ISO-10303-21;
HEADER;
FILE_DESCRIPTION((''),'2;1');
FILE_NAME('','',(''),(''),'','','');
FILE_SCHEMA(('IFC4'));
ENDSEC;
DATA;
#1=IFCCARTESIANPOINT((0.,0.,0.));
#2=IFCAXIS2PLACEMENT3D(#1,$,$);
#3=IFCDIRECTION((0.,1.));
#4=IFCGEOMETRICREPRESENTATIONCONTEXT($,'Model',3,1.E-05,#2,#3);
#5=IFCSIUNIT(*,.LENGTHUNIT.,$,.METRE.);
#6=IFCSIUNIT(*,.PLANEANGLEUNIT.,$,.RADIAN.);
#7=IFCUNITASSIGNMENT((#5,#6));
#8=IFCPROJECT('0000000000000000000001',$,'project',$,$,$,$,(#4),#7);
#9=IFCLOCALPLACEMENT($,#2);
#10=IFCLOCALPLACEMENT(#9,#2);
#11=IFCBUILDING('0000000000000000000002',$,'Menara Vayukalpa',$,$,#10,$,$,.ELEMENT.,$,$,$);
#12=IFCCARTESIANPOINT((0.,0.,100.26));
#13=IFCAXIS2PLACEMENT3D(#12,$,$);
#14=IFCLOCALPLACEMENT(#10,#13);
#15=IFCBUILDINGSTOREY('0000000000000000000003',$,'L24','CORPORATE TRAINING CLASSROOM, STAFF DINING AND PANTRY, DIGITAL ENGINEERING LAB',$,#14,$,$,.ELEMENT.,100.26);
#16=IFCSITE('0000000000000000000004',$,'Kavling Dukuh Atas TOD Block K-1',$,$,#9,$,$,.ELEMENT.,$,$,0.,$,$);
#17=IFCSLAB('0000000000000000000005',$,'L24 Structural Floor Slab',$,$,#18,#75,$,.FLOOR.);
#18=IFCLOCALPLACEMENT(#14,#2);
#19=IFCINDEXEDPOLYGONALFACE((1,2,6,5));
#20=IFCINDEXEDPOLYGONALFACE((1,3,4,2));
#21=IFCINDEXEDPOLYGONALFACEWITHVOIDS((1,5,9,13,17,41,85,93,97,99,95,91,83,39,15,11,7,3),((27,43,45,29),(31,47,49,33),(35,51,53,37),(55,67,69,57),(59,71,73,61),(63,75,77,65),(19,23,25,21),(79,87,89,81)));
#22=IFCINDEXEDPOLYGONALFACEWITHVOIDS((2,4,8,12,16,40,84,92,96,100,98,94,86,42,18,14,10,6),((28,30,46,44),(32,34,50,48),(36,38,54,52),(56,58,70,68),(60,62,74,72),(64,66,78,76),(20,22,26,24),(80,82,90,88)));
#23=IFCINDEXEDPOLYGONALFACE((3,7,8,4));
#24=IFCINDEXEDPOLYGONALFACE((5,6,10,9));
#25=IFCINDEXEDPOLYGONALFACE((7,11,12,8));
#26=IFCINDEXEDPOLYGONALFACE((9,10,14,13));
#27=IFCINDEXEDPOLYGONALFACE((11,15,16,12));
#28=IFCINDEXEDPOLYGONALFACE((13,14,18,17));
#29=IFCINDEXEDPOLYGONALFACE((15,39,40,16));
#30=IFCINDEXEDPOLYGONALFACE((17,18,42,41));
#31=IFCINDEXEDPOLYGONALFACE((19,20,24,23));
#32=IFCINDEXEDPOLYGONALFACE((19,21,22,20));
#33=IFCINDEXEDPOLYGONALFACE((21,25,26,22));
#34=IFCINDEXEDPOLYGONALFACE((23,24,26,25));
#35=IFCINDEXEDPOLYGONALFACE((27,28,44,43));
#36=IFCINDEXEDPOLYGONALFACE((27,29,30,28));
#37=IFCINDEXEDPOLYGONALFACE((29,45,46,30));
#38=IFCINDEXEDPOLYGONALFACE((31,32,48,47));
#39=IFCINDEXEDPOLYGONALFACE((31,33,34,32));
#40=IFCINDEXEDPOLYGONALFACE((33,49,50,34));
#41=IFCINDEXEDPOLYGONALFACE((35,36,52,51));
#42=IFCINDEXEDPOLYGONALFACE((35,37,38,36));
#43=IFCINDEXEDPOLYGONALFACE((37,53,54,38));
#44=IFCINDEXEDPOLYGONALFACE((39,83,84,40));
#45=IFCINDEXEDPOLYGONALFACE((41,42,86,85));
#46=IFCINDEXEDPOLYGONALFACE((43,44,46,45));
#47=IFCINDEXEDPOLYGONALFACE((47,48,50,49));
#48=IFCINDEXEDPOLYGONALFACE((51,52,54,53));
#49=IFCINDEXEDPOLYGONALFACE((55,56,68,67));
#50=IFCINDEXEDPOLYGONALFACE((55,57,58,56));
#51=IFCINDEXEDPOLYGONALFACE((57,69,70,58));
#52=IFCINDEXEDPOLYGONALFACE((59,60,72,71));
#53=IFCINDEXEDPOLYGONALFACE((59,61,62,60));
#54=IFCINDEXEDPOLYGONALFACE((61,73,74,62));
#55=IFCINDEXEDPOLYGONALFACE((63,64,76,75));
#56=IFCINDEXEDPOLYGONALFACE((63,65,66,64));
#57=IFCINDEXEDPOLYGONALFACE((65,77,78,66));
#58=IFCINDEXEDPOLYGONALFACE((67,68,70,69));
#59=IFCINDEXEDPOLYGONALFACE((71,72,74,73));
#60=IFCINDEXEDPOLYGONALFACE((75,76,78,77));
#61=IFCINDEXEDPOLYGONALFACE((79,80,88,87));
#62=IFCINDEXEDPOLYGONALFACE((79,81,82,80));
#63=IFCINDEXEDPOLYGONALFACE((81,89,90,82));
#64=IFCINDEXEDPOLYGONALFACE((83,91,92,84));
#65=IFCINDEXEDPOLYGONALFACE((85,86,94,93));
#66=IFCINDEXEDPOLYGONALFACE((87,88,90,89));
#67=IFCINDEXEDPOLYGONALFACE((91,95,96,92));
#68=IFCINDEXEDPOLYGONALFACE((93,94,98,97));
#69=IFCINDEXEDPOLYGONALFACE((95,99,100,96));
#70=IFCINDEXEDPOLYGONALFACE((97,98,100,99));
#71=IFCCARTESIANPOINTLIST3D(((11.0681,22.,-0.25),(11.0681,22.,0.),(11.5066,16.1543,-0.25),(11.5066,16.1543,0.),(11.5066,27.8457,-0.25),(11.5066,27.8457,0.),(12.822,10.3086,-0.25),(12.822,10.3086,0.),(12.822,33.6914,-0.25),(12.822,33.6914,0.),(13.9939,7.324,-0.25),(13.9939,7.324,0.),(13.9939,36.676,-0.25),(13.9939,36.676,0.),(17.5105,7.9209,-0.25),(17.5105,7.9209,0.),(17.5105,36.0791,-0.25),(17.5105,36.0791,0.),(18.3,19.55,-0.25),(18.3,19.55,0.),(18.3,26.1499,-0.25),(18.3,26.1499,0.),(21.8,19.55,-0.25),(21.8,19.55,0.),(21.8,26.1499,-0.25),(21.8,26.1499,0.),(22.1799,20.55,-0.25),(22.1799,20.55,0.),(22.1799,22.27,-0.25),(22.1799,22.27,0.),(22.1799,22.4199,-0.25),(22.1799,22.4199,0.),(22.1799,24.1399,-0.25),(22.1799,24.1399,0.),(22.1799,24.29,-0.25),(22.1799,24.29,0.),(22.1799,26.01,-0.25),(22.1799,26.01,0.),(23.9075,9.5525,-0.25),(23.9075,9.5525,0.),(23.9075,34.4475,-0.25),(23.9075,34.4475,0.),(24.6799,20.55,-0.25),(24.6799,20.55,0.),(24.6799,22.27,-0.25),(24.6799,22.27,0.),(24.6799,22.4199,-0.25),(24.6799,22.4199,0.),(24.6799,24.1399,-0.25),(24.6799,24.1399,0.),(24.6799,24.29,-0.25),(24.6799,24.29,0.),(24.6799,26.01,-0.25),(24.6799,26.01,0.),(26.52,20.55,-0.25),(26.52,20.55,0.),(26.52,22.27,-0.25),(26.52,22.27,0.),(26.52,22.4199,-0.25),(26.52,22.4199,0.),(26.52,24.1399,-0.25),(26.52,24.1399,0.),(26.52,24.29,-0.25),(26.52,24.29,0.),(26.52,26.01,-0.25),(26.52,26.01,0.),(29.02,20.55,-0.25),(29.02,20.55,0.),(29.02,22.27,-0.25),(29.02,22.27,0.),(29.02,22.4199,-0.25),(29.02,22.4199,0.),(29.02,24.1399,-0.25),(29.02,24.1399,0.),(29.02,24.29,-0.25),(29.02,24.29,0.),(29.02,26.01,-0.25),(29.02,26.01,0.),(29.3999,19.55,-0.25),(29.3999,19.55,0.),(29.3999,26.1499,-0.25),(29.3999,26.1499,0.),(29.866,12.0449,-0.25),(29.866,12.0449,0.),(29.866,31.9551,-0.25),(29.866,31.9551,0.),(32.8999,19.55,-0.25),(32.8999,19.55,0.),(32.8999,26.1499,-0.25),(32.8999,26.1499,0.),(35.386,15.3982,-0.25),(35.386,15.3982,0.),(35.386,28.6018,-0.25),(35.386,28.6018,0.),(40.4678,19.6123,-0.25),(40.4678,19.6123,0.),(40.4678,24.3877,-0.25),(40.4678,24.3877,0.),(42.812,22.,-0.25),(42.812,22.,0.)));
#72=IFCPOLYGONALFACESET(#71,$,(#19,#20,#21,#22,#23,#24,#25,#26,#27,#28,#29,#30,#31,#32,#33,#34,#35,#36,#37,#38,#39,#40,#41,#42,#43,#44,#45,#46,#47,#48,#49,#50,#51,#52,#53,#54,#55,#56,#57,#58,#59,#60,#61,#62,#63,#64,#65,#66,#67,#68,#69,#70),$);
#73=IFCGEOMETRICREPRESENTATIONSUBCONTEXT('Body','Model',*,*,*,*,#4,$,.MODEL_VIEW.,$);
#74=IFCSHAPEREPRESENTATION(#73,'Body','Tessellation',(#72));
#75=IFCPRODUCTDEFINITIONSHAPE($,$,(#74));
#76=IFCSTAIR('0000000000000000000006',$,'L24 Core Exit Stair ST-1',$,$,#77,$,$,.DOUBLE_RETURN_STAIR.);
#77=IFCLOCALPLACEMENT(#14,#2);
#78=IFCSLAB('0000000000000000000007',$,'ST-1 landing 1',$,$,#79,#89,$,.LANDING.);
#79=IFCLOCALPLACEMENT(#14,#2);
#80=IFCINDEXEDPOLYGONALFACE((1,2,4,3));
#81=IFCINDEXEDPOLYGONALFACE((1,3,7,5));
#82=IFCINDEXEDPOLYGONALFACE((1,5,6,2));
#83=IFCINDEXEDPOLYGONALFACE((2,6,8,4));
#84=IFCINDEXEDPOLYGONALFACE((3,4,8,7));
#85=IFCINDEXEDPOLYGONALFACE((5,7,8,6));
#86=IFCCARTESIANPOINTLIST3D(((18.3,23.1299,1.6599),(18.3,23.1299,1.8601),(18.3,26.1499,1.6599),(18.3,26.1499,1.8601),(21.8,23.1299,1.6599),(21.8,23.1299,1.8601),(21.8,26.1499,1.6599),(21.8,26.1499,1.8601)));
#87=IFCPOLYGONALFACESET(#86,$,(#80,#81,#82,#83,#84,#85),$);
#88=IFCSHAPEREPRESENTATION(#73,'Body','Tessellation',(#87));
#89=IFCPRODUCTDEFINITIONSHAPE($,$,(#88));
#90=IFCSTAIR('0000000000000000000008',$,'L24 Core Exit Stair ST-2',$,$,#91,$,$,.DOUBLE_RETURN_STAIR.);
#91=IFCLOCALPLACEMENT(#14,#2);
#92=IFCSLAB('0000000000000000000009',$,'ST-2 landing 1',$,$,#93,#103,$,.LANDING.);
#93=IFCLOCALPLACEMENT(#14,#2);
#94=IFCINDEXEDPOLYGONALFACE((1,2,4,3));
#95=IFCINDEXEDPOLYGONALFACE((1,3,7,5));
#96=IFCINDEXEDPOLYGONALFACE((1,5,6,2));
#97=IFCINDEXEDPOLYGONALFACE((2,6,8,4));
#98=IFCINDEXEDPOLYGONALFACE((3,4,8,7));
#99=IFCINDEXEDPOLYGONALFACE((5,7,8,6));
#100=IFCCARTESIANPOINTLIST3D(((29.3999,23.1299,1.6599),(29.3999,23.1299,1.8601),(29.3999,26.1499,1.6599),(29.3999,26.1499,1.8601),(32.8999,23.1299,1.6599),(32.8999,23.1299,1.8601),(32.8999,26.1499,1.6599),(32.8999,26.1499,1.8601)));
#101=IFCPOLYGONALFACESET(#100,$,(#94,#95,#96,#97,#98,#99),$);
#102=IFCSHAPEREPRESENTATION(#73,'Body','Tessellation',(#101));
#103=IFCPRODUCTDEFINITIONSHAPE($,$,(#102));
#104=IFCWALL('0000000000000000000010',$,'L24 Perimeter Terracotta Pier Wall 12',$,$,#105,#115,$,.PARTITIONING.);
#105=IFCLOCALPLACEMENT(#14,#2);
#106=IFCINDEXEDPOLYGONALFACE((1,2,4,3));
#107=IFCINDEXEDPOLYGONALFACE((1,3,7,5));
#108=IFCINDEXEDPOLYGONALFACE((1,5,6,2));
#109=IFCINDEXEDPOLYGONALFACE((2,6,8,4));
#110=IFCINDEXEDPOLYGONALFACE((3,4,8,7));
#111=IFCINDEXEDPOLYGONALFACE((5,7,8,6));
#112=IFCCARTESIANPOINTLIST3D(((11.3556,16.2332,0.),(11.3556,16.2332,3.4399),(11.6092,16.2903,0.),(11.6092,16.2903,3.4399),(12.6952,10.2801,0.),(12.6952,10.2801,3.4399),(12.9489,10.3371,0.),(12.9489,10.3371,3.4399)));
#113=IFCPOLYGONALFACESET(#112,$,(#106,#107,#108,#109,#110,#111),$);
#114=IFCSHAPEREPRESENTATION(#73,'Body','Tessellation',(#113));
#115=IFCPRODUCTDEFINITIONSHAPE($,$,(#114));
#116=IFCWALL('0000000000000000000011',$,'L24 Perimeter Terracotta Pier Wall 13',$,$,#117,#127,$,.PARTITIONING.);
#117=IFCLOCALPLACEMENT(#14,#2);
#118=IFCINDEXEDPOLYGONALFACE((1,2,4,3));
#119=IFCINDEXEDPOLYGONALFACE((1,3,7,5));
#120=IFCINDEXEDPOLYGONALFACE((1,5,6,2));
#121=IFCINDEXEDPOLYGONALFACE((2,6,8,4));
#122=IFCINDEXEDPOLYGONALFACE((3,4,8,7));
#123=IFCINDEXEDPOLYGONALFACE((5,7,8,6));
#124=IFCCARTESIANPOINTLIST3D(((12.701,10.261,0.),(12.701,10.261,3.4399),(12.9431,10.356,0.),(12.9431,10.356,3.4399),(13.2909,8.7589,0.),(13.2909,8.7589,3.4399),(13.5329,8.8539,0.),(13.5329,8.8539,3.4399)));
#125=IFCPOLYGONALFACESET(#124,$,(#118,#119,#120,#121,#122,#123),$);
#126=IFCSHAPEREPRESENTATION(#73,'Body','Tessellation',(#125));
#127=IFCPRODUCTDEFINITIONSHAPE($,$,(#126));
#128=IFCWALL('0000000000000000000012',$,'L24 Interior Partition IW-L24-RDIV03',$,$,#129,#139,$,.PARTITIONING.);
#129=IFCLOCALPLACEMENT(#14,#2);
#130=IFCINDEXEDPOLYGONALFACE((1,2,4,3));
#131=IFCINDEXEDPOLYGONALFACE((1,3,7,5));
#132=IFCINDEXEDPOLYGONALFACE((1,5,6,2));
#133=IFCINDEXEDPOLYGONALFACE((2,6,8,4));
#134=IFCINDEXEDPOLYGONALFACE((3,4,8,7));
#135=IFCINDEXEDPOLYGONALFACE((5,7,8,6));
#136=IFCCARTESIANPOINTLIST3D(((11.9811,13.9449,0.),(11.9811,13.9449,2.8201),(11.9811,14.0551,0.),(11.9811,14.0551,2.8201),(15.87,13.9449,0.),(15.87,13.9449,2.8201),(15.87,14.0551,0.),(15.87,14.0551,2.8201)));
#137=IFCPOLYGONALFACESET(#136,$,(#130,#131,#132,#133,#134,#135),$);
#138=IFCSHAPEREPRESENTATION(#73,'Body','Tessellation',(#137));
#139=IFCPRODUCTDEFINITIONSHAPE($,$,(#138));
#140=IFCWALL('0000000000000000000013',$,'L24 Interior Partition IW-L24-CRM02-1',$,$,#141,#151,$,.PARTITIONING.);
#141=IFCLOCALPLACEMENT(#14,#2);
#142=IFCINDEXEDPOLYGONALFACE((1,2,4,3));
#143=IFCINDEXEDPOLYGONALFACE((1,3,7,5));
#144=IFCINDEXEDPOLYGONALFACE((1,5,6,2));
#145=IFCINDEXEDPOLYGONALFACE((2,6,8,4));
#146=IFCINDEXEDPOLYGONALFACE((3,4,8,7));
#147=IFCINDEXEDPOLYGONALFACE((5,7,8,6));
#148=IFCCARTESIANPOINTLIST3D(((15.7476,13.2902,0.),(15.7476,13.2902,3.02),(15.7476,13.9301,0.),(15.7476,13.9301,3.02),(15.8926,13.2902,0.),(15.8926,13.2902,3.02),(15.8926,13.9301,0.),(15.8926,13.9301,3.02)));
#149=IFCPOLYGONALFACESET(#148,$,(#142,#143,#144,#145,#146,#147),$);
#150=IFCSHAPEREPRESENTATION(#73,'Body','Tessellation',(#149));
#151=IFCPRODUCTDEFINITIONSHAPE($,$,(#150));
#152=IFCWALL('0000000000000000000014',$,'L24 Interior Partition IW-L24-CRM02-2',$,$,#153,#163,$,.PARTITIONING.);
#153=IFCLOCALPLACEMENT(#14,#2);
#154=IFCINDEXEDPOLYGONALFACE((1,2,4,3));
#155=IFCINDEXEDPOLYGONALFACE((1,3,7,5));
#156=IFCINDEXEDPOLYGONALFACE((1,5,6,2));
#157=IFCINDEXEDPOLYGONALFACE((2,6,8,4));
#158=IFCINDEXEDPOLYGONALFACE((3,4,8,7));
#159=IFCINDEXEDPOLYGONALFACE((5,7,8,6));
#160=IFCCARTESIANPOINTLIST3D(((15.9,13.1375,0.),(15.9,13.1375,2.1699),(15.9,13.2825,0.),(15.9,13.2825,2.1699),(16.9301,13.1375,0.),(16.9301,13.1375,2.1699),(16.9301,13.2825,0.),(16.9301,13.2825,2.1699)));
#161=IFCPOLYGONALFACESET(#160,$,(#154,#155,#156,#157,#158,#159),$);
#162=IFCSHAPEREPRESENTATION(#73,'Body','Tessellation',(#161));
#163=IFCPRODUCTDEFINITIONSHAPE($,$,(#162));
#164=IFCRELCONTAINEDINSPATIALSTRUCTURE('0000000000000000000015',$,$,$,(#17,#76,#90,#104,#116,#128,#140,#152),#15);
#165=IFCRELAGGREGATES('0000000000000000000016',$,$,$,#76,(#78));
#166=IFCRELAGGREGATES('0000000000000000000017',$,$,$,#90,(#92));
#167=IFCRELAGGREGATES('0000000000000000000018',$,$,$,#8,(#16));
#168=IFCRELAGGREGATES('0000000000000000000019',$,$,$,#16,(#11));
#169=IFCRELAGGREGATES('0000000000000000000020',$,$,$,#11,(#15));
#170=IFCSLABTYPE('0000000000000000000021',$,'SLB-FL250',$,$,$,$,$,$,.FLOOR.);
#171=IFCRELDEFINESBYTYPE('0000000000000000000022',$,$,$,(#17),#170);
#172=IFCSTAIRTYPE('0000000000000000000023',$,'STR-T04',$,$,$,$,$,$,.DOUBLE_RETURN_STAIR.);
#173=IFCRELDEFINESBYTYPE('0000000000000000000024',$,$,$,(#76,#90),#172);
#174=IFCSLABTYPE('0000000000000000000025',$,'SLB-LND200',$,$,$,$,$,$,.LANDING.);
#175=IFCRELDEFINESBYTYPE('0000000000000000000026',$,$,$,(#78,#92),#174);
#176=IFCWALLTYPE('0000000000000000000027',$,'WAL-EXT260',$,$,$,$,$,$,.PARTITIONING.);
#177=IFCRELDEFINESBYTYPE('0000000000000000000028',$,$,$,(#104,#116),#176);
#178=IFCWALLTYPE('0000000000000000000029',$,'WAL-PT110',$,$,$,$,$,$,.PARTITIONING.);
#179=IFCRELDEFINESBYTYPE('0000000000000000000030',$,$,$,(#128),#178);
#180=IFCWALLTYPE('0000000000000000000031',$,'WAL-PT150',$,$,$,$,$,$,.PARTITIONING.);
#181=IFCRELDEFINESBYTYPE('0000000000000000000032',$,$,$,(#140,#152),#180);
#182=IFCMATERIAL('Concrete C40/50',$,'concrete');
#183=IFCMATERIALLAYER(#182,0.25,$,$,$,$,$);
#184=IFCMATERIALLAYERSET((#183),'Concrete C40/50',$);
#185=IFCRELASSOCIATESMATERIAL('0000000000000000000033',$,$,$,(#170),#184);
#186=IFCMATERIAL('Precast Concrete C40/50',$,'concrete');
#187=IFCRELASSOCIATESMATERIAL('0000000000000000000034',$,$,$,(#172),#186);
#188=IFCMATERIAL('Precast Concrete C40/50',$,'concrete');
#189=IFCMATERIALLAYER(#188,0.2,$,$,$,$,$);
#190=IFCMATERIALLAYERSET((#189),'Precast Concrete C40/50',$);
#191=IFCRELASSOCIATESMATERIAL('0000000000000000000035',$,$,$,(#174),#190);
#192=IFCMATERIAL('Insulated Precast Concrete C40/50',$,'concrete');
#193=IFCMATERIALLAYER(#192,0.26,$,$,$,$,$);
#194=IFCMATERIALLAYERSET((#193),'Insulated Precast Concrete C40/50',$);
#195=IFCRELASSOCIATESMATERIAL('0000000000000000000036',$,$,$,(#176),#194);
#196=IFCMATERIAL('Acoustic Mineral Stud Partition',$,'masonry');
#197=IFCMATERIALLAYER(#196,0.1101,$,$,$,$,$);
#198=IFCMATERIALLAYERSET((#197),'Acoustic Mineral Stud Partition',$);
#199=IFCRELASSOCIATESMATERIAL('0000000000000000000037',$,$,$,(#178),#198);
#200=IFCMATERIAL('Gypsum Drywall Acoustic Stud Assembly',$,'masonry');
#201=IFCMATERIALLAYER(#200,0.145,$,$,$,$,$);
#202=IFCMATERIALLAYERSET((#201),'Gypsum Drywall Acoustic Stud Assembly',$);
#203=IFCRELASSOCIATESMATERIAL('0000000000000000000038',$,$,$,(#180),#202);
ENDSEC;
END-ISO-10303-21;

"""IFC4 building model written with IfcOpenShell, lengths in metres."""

from ifc_helpers import new_model, si_unit, direction, frame, frame_2d, origin, place, context, subcontext, project, spatial, polyline, rectangle, outline, extrude, material, layer, layer_set, type_object, element, aggregate, save


model = new_model("IFC4")

# Units and contexts
model_context = context("Model", 3, precision=1e-05, world=origin(), true_north=direction((0.0, 1.0)))
body_context = subcontext(model_context, "Body", "Model", "MODEL_VIEW")
ifc_project = project(units=[si_unit("LENGTHUNIT", "METRE"), si_unit("PLANEANGLEUNIT", "RADIAN")], contexts=[model_context])

# Site, building, storey
site_placement = place(None, origin())
site = spatial("IfcSite", under=ifc_project, at=site_placement, Name="Kavling Dukuh Atas TOD Block K-1", CompositionType="ELEMENT", RefElevation=0.0)
building_placement = place(site_placement, origin())
building = spatial("IfcBuilding", under=site, at=building_placement, Name="Menara Vayukalpa", CompositionType="ELEMENT")
storey_placement = place(building_placement, frame((0.0, 0.0, 100.26)))
storey = spatial("IfcBuildingStorey", under=building, at=storey_placement, Name="L24", Description="CORPORATE TRAINING CLASSROOM, STAFF DINING AND PANTRY, DIGITAL ENGINEERING LAB", CompositionType="ELEMENT", Elevation=100.26)

# Slab
ifc_material_1 = material(Name="Concrete C40/50", Category="concrete")
ifc_layer_1 = layer(ifc_material_1, 0.25)
ifc_layer_set_1 = layer_set([ifc_layer_1], Name="Concrete C40/50")
slab_type_1 = type_object("IfcSlabType", Name="SLB-FL250", PredefinedType="FLOOR", material=ifc_layer_set_1)
slab_1_placement = place(storey_placement, frame((0.0, 0.0, -0.25)))
element("IfcSlab", 1, at=slab_1_placement, inside=storey, type_object=slab_type_1, Name="L24 Structural Floor Slab", PredefinedType="FLOOR", context=body_context, shape_type="SweptSolid", body=[
    extrude(outline(polyline([(40.4678, 19.6123), (42.812, 22.0), (40.4678, 24.3877), (35.386, 28.6018), (29.866, 31.9551), (23.9075, 34.4475), (17.5105, 36.0791), (13.9939, 36.676), (12.822, 33.6914), (11.5066, 27.8457), (11.0681, 22.0), (11.5066, 16.1543), (12.822, 10.3086), (13.9939, 7.324), (17.5105, 7.9209), (23.9075, 9.5525), (29.866, 12.0449), (35.386, 15.3982), (40.4678, 19.6123)]), holes=[polyline([(21.8, 19.55), (21.8, 26.1499), (18.3, 26.1499), (18.3, 19.55), (21.8, 19.55)]), polyline([(32.8999, 19.55), (32.8999, 26.1499), (29.3999, 26.1499), (29.3999, 19.55), (32.8999, 19.55)]), polyline([(22.1799, 20.55), (24.6799, 20.55), (24.6799, 22.27), (22.1799, 22.27), (22.1799, 20.55)]), polyline([(26.52, 20.55), (29.02, 20.55), (29.02, 22.27), (26.52, 22.27), (26.52, 20.55)]), polyline([(22.1799, 22.4199), (24.6799, 22.4199), (24.6799, 24.1399), (22.1799, 24.1399), (22.1799, 22.4199)]), polyline([(22.1799, 24.29), (24.6799, 24.29), (24.6799, 26.01), (22.1799, 26.01), (22.1799, 24.29)]), polyline([(26.52, 24.29), (29.02, 24.29), (29.02, 26.01), (26.52, 26.01), (26.52, 24.29)]), polyline([(26.52, 22.4199), (29.02, 22.4199), (29.02, 24.1399), (26.52, 24.1399), (26.52, 22.4199)])]), origin(), (0.0, 0.0, 1.0), 0.25),
])

# Stairs, slabs
ifc_material_2 = material(Name="Precast Concrete C40/50", Category="concrete")
stair_type = type_object("IfcStairType", Name="STR-T04", PredefinedType="DOUBLE_RETURN_STAIR", material=ifc_material_2)
stair_1_placement = place(storey_placement, origin())
stair_1 = element("IfcStair", 2, at=stair_1_placement, inside=storey, type_object=stair_type, Name="L24 Core Exit Stair ST-1", PredefinedType="DOUBLE_RETURN_STAIR")
ifc_material_3 = material(Name="Precast Concrete C40/50", Category="concrete")
ifc_layer_2 = layer(ifc_material_3, 0.2)
ifc_layer_set_2 = layer_set([ifc_layer_2], Name="Precast Concrete C40/50")
slab_type_2 = type_object("IfcSlabType", Name="SLB-LND200", PredefinedType="LANDING", material=ifc_layer_set_2)
slab_2_placement = place(storey_placement, frame((0.0, 0.0, 1.6599)))
slab_2 = element("IfcSlab", 3, at=slab_2_placement, type_object=slab_type_2, Name="ST-1 landing 1", PredefinedType="LANDING", context=body_context, shape_type="SweptSolid", body=[
    extrude(outline(polyline([(21.8, 23.1299), (21.8, 26.1499), (18.3, 26.1499), (18.3, 23.1299), (21.8, 23.1299)])), origin(), (0.0, 0.0, 1.0), 0.2002),
])
aggregate(stair_1, [slab_2])
stair_2_placement = place(storey_placement, origin())
stair_2 = element("IfcStair", 4, at=stair_2_placement, inside=storey, type_object=stair_type, Name="L24 Core Exit Stair ST-2", PredefinedType="DOUBLE_RETURN_STAIR")
slab_3_placement = place(storey_placement, frame((0.0, 0.0, 1.6599)))
slab_3 = element("IfcSlab", 5, at=slab_3_placement, type_object=slab_type_2, Name="ST-2 landing 1", PredefinedType="LANDING", context=body_context, shape_type="SweptSolid", body=[
    extrude(outline(polyline([(32.8999, 23.1299), (32.8999, 26.1499), (29.3999, 26.1499), (29.3999, 23.1299), (32.8999, 23.1299)])), origin(), (0.0, 0.0, 1.0), 0.2002),
])
aggregate(stair_2, [slab_3])

# Walls
ifc_material_4 = material(Name="Insulated Precast Concrete C40/50", Category="concrete")
ifc_layer_3 = layer(ifc_material_4, 0.26)
ifc_layer_set_3 = layer_set([ifc_layer_3], Name="Insulated Precast Concrete C40/50")
wall_type_1 = type_object("IfcWallType", Name="WAL-EXT260", PredefinedType="PARTITIONING", material=ifc_layer_set_3)
wall_1_placement = place(storey_placement, frame((12.822, 10.3086, 0.0), z_axis=(0.0, 0.0, 1.0), x_axis=(-0.219535, 0.975605, 0.0)))
element("IfcWall", 6, at=wall_1_placement, inside=storey, type_object=wall_type_1, Name="L24 Perimeter Terracotta Pier Wall 12", PredefinedType="PARTITIONING", context=body_context, shape_type="SweptSolid", body=[
    extrude(rectangle(XDim=6.1021, YDim=0.26, at=frame_2d((3.051, 0.0))), origin(), (0.0, 0.0, 1.0), 3.4399),
])
wall_2_placement = place(storey_placement, frame((13.4119, 8.8064, 0.0), z_axis=(0.0, 0.0, 1.0), x_axis=(-0.365489, 0.930816, 0.0)))
element("IfcWall", 7, at=wall_2_placement, inside=storey, type_object=wall_type_1, Name="L24 Perimeter Terracotta Pier Wall 13", PredefinedType="PARTITIONING", context=body_context, shape_type="SweptSolid", body=[
    extrude(rectangle(XDim=1.6138, YDim=0.26, at=frame_2d((0.8069, 0.0))), origin(), (0.0, 0.0, 1.0), 3.4399),
])
ifc_material_5 = material(Name="Acoustic Mineral Stud Partition", Category="masonry")
ifc_layer_4 = layer(ifc_material_5, 0.1101)
ifc_layer_set_4 = layer_set([ifc_layer_4], Name="Acoustic Mineral Stud Partition")
wall_type_2 = type_object("IfcWallType", Name="WAL-PT110", PredefinedType="PARTITIONING", material=ifc_layer_set_4)
wall_3_placement = place(storey_placement, frame((11.9812, 14.0, 0.0), z_axis=(0.0, 0.0, 1.0), x_axis=(1.0, 0.0, 0.0)))
element("IfcWall", 8, at=wall_3_placement, inside=storey, type_object=wall_type_2, Name="L24 Interior Partition IW-L24-RDIV03", PredefinedType="PARTITIONING", context=body_context, shape_type="SweptSolid", body=[
    extrude(rectangle(XDim=3.8889, YDim=0.1101, at=frame_2d((1.9443, 0.0))), origin(), (0.0, 0.0, 1.0), 2.8201),
])
ifc_material_6 = material(Name="Gypsum Drywall Acoustic Stud Assembly", Category="masonry")
ifc_layer_5 = layer(ifc_material_6, 0.145)
ifc_layer_set_5 = layer_set([ifc_layer_5], Name="Gypsum Drywall Acoustic Stud Assembly")
wall_type_3 = type_object("IfcWallType", Name="WAL-PT150", PredefinedType="PARTITIONING", material=ifc_layer_set_5)
wall_4_placement = place(storey_placement, frame((15.8201, 13.9299, 0.0), z_axis=(0.0, 0.0, 1.0), x_axis=(0.0, -1.0, 0.0)))
element("IfcWall", 9, at=wall_4_placement, inside=storey, type_object=wall_type_3, Name="L24 Interior Partition IW-L24-CRM02-1", PredefinedType="PARTITIONING", context=body_context, shape_type="SweptSolid", body=[
    extrude(rectangle(XDim=0.6399, YDim=0.145, at=frame_2d((0.3198, 0.0))), origin(), (0.0, 0.0, 1.0), 3.02),
])
wall_5_placement = place(storey_placement, frame((15.8999, 13.21, 0.0), z_axis=(0.0, 0.0, 1.0), x_axis=(1.0, 0.0, 0.0)))
element("IfcWall", 10, at=wall_5_placement, inside=storey, type_object=wall_type_3, Name="L24 Interior Partition IW-L24-CRM02-2", PredefinedType="PARTITIONING", context=body_context, shape_type="SweptSolid", body=[
    extrude(rectangle(XDim=1.03, YDim=0.145, at=frame_2d((0.5151, 0.0))), origin(), (0.0, 0.0, 1.0), 2.1699),
])

save(model, "model.ifc")
